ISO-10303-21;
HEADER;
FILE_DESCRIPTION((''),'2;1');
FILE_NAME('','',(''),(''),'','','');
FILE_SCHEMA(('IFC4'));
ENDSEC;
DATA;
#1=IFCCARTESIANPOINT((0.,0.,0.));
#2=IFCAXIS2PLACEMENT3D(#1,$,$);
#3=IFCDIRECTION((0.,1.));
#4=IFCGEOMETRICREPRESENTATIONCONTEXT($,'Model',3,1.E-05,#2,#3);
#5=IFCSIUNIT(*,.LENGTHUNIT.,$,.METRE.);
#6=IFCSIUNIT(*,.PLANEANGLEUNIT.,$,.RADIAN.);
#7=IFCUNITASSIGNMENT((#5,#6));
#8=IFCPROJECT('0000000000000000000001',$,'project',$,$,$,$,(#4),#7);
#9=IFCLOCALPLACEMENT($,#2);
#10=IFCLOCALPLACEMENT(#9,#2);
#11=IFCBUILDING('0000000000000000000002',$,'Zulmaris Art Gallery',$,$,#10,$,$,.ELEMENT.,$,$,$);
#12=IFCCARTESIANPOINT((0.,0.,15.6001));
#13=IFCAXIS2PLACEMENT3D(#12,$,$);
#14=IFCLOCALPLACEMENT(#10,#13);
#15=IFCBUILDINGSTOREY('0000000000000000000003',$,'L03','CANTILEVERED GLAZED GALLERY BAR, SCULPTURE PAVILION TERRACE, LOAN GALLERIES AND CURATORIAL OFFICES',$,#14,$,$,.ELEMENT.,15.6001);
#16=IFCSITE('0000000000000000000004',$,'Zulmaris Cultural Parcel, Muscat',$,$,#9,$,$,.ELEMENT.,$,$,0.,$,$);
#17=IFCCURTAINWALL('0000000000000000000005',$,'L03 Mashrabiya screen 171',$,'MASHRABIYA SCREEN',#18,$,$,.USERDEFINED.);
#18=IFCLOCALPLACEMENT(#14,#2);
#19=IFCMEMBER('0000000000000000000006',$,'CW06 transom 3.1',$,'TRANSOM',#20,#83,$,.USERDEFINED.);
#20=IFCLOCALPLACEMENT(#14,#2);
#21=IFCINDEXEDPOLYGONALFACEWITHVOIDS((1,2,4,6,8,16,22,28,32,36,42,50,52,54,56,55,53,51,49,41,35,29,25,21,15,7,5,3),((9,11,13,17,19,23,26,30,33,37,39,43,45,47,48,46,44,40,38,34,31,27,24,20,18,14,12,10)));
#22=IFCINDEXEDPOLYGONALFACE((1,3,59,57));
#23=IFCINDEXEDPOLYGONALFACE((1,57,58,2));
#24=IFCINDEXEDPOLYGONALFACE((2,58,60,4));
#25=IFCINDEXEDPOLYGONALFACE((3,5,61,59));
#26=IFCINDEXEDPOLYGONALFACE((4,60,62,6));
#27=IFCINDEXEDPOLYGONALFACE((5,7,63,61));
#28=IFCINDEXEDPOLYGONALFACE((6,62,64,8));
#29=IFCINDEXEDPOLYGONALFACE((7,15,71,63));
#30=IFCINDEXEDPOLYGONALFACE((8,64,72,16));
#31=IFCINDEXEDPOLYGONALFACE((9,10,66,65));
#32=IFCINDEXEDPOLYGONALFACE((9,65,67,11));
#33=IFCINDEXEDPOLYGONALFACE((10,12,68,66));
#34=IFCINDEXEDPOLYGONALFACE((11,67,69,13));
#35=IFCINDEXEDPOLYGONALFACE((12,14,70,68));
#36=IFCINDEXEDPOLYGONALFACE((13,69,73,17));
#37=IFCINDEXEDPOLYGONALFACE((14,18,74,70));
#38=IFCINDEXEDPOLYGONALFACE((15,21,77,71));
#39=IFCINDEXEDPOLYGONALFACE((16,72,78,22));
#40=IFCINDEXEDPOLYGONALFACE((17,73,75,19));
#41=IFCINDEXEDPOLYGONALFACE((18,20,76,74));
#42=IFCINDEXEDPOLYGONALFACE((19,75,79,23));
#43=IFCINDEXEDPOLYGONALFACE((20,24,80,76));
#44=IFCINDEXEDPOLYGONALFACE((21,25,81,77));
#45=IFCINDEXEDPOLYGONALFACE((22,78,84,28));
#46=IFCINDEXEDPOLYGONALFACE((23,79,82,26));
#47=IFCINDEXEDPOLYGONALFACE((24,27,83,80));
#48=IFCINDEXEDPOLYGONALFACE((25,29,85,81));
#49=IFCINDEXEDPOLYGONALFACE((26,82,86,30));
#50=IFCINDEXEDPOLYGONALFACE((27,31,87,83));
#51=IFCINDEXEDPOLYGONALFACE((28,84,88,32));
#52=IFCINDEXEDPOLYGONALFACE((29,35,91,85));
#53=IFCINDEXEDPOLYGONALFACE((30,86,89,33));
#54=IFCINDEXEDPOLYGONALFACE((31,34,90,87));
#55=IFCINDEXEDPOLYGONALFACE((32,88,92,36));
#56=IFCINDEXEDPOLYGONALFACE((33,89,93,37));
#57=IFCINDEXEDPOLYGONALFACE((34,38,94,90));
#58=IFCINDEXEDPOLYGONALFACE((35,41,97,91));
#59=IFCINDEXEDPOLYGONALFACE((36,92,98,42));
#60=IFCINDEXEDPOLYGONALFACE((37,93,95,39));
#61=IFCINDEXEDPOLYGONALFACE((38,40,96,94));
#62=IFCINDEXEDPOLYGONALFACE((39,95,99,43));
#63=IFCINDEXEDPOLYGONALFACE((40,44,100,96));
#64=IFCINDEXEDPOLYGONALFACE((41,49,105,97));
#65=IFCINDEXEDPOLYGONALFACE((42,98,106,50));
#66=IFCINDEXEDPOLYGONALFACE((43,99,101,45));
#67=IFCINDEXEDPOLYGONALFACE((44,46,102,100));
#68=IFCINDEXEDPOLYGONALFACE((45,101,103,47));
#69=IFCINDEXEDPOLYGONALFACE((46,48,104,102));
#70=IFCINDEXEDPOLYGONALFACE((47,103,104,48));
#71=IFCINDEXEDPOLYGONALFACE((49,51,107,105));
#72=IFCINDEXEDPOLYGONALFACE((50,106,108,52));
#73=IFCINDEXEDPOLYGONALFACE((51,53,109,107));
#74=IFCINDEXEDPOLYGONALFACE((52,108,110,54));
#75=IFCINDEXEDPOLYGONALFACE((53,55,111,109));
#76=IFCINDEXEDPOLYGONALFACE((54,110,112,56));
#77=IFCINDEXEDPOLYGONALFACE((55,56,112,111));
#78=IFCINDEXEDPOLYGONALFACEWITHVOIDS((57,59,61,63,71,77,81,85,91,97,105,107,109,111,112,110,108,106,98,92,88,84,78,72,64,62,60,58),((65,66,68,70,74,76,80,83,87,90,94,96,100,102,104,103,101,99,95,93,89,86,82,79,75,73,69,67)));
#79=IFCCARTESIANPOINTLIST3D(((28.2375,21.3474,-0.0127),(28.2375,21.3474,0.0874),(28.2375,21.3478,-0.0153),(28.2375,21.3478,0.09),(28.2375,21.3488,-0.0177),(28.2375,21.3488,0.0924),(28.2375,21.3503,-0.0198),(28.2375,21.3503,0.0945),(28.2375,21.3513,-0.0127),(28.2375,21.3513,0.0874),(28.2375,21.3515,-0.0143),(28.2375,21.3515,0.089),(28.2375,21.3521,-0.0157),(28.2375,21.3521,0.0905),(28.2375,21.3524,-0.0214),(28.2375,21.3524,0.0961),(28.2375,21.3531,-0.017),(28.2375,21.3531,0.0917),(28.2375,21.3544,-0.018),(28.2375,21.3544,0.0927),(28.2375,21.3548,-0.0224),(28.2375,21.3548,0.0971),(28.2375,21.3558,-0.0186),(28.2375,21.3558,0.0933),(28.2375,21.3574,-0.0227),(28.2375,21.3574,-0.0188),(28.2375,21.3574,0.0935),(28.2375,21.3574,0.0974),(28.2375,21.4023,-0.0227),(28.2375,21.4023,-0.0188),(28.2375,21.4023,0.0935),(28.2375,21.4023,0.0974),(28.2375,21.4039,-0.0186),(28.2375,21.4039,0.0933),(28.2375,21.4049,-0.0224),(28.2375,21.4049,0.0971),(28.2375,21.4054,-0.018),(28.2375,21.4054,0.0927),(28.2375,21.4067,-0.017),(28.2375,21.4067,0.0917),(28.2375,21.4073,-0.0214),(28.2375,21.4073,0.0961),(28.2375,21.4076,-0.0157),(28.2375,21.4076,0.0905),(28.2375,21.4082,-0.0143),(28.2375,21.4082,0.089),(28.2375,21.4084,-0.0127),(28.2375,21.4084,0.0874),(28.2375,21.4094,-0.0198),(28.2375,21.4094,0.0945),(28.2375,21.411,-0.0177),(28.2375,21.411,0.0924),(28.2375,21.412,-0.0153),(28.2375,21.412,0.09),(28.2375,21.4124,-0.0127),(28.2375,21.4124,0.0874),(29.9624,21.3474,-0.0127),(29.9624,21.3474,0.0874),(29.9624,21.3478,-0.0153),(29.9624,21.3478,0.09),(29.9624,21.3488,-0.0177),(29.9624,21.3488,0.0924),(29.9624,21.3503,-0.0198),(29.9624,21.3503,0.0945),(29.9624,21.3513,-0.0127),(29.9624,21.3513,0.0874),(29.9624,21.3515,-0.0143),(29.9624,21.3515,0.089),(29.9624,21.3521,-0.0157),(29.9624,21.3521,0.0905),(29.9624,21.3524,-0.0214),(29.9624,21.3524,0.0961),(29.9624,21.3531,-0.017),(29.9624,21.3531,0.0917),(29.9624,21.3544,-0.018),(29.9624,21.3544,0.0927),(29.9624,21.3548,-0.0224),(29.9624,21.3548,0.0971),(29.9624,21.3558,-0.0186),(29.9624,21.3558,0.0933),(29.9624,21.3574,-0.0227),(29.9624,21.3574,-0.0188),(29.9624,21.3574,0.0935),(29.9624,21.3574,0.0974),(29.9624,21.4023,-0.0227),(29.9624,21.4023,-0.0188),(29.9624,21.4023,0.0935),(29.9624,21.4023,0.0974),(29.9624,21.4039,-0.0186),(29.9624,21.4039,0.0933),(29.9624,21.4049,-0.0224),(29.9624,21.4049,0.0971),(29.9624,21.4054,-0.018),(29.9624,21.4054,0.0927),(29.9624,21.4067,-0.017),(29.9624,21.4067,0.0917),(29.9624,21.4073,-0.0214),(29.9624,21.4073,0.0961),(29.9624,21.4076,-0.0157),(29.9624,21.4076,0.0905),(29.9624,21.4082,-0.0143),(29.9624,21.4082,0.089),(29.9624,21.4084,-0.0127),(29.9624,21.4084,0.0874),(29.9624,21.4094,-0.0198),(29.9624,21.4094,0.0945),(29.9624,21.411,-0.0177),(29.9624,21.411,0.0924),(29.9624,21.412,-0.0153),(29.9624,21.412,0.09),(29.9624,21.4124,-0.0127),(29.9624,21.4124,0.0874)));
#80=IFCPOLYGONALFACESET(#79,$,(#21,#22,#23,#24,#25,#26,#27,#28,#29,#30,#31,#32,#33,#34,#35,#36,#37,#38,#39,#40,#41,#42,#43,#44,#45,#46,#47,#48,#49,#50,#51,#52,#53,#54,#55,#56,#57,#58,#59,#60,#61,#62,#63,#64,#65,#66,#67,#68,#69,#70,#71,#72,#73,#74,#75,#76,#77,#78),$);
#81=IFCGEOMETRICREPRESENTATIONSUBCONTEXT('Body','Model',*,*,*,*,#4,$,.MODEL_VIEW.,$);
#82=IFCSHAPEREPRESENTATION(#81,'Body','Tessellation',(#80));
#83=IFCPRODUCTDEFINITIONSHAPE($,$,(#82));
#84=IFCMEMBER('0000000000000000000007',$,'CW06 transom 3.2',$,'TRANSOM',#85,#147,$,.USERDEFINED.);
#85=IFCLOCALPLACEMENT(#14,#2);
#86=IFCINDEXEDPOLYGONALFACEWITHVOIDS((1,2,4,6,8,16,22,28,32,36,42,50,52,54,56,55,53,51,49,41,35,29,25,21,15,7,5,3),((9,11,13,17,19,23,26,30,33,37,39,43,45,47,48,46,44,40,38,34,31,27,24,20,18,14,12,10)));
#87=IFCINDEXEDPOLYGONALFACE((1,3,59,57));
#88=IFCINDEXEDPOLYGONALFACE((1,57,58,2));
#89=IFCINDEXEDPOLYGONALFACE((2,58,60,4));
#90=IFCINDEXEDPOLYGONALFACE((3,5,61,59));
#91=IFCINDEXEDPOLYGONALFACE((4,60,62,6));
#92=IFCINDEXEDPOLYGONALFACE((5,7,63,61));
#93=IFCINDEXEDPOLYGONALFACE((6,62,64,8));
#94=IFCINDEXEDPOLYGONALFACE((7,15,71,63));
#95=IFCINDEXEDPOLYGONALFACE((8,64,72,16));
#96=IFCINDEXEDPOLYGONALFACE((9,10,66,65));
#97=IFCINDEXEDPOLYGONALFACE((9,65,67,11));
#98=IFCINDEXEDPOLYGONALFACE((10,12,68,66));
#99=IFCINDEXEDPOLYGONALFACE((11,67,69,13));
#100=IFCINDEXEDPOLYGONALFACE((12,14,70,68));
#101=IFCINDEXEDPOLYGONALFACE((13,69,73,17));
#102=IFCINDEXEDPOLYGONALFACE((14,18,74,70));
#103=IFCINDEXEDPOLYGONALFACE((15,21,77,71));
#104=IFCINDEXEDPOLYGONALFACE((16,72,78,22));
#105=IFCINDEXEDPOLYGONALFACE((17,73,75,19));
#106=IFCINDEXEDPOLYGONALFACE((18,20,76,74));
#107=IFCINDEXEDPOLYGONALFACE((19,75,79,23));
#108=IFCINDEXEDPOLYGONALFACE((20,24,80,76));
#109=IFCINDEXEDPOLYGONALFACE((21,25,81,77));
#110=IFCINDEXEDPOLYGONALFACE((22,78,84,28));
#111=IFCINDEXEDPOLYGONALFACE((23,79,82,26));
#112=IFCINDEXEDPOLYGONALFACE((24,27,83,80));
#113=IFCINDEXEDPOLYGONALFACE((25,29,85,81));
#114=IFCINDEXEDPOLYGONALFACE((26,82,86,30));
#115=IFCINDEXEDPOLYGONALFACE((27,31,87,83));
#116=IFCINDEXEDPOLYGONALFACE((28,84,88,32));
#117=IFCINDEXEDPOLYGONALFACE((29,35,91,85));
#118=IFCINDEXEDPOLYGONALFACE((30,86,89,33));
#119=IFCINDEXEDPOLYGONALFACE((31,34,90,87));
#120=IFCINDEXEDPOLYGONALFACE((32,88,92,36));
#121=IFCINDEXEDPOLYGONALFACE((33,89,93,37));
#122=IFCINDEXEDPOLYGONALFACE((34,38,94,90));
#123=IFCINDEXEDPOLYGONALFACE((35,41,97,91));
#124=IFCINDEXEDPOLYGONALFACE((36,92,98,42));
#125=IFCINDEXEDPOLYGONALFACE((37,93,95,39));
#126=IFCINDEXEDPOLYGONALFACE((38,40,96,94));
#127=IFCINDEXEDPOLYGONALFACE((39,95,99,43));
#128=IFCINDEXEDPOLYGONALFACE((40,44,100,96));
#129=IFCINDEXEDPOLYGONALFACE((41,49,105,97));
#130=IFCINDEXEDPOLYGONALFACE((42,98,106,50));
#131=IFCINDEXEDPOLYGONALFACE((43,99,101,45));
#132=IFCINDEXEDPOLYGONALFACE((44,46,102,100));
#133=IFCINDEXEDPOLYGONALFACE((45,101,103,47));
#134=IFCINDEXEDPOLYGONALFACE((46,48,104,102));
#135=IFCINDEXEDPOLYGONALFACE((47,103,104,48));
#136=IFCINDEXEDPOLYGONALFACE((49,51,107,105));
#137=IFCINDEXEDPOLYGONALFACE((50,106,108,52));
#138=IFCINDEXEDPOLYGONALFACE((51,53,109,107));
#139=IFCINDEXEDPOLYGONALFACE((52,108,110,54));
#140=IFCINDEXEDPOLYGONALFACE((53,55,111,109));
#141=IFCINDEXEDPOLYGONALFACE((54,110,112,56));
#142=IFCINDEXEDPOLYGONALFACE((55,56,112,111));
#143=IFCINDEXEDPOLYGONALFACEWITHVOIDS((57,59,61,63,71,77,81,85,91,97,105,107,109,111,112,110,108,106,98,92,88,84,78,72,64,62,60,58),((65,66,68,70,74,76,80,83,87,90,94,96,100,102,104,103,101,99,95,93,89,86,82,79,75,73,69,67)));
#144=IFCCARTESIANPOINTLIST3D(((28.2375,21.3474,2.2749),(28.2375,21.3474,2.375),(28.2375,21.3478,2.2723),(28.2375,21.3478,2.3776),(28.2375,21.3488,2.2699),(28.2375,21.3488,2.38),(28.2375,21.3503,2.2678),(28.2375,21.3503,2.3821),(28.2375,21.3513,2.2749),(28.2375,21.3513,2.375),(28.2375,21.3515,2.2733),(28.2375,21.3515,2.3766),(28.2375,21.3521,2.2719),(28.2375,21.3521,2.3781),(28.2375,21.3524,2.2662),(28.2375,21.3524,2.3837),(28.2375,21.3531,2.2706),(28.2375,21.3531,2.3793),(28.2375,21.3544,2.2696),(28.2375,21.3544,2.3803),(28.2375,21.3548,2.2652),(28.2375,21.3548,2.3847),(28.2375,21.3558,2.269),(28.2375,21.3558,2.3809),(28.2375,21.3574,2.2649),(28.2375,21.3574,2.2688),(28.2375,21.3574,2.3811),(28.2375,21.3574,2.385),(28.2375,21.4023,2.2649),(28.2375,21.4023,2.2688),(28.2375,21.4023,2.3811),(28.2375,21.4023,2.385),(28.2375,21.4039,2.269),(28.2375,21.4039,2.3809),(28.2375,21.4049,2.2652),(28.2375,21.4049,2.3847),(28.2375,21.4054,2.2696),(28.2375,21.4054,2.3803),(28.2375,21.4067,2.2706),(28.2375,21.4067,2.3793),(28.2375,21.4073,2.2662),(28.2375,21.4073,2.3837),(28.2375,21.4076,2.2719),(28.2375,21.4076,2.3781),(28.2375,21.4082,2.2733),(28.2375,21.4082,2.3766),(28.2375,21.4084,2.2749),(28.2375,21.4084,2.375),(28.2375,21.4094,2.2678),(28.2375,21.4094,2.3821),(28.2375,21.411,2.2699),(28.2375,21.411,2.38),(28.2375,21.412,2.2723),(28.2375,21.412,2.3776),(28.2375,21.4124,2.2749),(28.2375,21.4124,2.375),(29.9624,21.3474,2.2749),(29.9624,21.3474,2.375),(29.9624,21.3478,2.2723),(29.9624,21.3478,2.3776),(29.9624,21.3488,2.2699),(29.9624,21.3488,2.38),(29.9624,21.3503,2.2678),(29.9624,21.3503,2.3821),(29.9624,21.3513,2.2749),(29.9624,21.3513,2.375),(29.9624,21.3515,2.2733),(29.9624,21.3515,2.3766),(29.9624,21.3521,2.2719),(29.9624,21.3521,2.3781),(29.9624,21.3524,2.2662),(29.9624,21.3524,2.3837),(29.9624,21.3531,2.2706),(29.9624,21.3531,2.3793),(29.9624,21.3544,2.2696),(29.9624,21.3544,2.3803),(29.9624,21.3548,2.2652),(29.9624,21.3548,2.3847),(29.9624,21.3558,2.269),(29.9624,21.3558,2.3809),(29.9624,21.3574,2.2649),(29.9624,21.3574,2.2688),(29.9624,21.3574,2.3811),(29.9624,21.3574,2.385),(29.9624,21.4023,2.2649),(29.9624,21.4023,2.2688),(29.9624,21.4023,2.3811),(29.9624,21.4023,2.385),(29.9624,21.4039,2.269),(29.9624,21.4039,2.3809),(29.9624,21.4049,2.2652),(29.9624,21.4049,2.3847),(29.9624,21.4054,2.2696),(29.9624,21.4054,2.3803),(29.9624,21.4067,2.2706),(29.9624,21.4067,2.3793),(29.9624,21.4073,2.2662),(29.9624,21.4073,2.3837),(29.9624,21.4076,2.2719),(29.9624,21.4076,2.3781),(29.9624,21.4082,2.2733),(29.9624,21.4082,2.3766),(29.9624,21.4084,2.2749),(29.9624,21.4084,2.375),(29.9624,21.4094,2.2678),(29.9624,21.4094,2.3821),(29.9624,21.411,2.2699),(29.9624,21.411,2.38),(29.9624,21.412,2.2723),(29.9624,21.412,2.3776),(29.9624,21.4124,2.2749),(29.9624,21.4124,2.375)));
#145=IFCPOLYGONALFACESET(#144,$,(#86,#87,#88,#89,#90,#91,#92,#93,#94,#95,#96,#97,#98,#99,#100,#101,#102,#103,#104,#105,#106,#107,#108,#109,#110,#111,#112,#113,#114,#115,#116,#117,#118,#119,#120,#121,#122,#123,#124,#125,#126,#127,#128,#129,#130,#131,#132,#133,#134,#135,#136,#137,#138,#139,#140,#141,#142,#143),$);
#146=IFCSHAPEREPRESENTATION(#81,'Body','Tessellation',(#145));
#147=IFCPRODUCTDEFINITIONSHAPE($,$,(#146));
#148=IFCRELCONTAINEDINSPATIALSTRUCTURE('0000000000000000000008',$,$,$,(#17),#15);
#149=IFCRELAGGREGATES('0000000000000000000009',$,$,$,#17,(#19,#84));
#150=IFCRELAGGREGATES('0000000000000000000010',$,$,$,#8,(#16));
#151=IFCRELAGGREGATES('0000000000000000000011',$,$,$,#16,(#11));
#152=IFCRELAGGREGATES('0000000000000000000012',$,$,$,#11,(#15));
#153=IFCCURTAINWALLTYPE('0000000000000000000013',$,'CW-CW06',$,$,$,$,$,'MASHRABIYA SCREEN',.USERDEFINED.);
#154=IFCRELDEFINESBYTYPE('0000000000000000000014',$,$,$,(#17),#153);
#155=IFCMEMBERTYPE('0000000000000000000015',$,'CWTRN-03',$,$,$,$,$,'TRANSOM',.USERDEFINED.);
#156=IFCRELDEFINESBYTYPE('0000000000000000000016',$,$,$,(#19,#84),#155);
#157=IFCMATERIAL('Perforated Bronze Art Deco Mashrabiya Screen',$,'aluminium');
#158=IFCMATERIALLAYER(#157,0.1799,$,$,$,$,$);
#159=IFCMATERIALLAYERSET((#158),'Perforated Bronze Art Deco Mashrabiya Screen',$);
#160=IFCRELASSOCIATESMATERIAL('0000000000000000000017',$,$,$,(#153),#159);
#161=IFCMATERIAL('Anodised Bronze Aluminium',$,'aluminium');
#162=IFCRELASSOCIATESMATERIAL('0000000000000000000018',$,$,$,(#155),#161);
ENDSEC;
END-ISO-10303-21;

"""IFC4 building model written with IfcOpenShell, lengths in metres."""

from ifc_helpers import new_model, si_unit, direction, frame, origin, origin_2d, place, context, subcontext, project, spatial, hollow_rectangle, extrude, material, layer, layer_set, material_profile, profile_set, type_object, element, aggregate, save


model = new_model("IFC4")

# Units and contexts
model_context = context("Model", 3, precision=1e-05, world=origin(), true_north=direction((0.0, 1.0)))
body_context = subcontext(model_context, "Body", "Model", "MODEL_VIEW")
ifc_project = project(units=[si_unit("LENGTHUNIT", "METRE"), si_unit("PLANEANGLEUNIT", "RADIAN")], contexts=[model_context])

# Site, building, storey
site_placement = place(None, origin())
site = spatial("IfcSite", under=ifc_project, at=site_placement, Name="Zulmaris Cultural Parcel, Muscat", CompositionType="ELEMENT", RefElevation=0.0)
building_placement = place(site_placement, origin())
building = spatial("IfcBuilding", under=site, at=building_placement, Name="Zulmaris Art Gallery", CompositionType="ELEMENT")
storey_placement = place(building_placement, frame((0.0, 0.0, 15.6001)))
storey = spatial("IfcBuildingStorey", under=building, at=storey_placement, Name="L03", Description="CANTILEVERED GLAZED GALLERY BAR, SCULPTURE PAVILION TERRACE, LOAN GALLERIES AND CURATORIAL OFFICES", CompositionType="ELEMENT", Elevation=15.6001)

# Shared definitions
ifc_material_1 = material(Name="Anodised Bronze Aluminium", Category="aluminium")

# Curtain wall
ifc_material_2 = material(Name="Perforated Bronze Art Deco Mashrabiya Screen", Category="aluminium")
ifc_layer_1 = layer(ifc_material_2, 0.1799)
ifc_layer_set_1 = layer_set([ifc_layer_1], Name="Perforated Bronze Art Deco Mashrabiya Screen")
curtain_wall_type_1 = type_object("IfcCurtainWallType", Name="CW-CW06", ElementType="MASHRABIYA SCREEN", PredefinedType="USERDEFINED", material=ifc_layer_set_1)
curtain_wall_1_placement = place(storey_placement, origin())
curtain_wall_1 = element("IfcCurtainWall", 1, at=curtain_wall_1_placement, inside=storey, type_object=curtain_wall_type_1, Name="L03 Mashrabiya screen 171", ObjectType="MASHRABIYA SCREEN", PredefinedType="USERDEFINED")

# Members
ifc_material_profile_1 = material_profile(ifc_material_1, hollow_rectangle(XDim=0.0649, YDim=0.1201, WallThickness=0.0039, InnerFilletRadius=0.0061, OuterFilletRadius=0.01, at=origin_2d()), Name="ALU 65x120x4")
ifc_profile_set_1 = profile_set([ifc_material_profile_1], Name="Anodised Bronze Aluminium")
member_type_1 = type_object("IfcMemberType", Name="CWTRN-03", ElementType="TRANSOM", PredefinedType="USERDEFINED", material=ifc_profile_set_1)
member_1_placement = place(storey_placement, frame((28.2375, 21.3799, 0.0374), z_axis=(1.0, 0.0, 0.0), x_axis=(0.0, 1.0, 0.0)))
member_1 = element("IfcMember", 2, at=member_1_placement, type_object=member_type_1, Name="CW06 transom 3.1", ObjectType="TRANSOM", PredefinedType="USERDEFINED", context=body_context, shape_type="SweptSolid", body=[
    extrude(hollow_rectangle(XDim=0.0649, YDim=0.1201, WallThickness=0.0039, InnerFilletRadius=0.0061, OuterFilletRadius=0.01, at=origin_2d()), origin(), (0.0, 0.0, 1.0), 1.7249),
])
member_2_placement = place(storey_placement, frame((28.2375, 21.3799, 2.325), z_axis=(1.0, 0.0, 0.0), x_axis=(0.0, 1.0, 0.0)))
member_2 = element("IfcMember", 3, at=member_2_placement, type_object=member_type_1, Name="CW06 transom 3.2", ObjectType="TRANSOM", PredefinedType="USERDEFINED", context=body_context, shape_type="SweptSolid", body=[
    extrude(hollow_rectangle(XDim=0.0649, YDim=0.1201, WallThickness=0.0039, InnerFilletRadius=0.0061, OuterFilletRadius=0.01, at=origin_2d()), origin(), (0.0, 0.0, 1.0), 1.7249),
])

aggregate(curtain_wall_1, [member_1, member_2])

save(model, "model.ifc")
